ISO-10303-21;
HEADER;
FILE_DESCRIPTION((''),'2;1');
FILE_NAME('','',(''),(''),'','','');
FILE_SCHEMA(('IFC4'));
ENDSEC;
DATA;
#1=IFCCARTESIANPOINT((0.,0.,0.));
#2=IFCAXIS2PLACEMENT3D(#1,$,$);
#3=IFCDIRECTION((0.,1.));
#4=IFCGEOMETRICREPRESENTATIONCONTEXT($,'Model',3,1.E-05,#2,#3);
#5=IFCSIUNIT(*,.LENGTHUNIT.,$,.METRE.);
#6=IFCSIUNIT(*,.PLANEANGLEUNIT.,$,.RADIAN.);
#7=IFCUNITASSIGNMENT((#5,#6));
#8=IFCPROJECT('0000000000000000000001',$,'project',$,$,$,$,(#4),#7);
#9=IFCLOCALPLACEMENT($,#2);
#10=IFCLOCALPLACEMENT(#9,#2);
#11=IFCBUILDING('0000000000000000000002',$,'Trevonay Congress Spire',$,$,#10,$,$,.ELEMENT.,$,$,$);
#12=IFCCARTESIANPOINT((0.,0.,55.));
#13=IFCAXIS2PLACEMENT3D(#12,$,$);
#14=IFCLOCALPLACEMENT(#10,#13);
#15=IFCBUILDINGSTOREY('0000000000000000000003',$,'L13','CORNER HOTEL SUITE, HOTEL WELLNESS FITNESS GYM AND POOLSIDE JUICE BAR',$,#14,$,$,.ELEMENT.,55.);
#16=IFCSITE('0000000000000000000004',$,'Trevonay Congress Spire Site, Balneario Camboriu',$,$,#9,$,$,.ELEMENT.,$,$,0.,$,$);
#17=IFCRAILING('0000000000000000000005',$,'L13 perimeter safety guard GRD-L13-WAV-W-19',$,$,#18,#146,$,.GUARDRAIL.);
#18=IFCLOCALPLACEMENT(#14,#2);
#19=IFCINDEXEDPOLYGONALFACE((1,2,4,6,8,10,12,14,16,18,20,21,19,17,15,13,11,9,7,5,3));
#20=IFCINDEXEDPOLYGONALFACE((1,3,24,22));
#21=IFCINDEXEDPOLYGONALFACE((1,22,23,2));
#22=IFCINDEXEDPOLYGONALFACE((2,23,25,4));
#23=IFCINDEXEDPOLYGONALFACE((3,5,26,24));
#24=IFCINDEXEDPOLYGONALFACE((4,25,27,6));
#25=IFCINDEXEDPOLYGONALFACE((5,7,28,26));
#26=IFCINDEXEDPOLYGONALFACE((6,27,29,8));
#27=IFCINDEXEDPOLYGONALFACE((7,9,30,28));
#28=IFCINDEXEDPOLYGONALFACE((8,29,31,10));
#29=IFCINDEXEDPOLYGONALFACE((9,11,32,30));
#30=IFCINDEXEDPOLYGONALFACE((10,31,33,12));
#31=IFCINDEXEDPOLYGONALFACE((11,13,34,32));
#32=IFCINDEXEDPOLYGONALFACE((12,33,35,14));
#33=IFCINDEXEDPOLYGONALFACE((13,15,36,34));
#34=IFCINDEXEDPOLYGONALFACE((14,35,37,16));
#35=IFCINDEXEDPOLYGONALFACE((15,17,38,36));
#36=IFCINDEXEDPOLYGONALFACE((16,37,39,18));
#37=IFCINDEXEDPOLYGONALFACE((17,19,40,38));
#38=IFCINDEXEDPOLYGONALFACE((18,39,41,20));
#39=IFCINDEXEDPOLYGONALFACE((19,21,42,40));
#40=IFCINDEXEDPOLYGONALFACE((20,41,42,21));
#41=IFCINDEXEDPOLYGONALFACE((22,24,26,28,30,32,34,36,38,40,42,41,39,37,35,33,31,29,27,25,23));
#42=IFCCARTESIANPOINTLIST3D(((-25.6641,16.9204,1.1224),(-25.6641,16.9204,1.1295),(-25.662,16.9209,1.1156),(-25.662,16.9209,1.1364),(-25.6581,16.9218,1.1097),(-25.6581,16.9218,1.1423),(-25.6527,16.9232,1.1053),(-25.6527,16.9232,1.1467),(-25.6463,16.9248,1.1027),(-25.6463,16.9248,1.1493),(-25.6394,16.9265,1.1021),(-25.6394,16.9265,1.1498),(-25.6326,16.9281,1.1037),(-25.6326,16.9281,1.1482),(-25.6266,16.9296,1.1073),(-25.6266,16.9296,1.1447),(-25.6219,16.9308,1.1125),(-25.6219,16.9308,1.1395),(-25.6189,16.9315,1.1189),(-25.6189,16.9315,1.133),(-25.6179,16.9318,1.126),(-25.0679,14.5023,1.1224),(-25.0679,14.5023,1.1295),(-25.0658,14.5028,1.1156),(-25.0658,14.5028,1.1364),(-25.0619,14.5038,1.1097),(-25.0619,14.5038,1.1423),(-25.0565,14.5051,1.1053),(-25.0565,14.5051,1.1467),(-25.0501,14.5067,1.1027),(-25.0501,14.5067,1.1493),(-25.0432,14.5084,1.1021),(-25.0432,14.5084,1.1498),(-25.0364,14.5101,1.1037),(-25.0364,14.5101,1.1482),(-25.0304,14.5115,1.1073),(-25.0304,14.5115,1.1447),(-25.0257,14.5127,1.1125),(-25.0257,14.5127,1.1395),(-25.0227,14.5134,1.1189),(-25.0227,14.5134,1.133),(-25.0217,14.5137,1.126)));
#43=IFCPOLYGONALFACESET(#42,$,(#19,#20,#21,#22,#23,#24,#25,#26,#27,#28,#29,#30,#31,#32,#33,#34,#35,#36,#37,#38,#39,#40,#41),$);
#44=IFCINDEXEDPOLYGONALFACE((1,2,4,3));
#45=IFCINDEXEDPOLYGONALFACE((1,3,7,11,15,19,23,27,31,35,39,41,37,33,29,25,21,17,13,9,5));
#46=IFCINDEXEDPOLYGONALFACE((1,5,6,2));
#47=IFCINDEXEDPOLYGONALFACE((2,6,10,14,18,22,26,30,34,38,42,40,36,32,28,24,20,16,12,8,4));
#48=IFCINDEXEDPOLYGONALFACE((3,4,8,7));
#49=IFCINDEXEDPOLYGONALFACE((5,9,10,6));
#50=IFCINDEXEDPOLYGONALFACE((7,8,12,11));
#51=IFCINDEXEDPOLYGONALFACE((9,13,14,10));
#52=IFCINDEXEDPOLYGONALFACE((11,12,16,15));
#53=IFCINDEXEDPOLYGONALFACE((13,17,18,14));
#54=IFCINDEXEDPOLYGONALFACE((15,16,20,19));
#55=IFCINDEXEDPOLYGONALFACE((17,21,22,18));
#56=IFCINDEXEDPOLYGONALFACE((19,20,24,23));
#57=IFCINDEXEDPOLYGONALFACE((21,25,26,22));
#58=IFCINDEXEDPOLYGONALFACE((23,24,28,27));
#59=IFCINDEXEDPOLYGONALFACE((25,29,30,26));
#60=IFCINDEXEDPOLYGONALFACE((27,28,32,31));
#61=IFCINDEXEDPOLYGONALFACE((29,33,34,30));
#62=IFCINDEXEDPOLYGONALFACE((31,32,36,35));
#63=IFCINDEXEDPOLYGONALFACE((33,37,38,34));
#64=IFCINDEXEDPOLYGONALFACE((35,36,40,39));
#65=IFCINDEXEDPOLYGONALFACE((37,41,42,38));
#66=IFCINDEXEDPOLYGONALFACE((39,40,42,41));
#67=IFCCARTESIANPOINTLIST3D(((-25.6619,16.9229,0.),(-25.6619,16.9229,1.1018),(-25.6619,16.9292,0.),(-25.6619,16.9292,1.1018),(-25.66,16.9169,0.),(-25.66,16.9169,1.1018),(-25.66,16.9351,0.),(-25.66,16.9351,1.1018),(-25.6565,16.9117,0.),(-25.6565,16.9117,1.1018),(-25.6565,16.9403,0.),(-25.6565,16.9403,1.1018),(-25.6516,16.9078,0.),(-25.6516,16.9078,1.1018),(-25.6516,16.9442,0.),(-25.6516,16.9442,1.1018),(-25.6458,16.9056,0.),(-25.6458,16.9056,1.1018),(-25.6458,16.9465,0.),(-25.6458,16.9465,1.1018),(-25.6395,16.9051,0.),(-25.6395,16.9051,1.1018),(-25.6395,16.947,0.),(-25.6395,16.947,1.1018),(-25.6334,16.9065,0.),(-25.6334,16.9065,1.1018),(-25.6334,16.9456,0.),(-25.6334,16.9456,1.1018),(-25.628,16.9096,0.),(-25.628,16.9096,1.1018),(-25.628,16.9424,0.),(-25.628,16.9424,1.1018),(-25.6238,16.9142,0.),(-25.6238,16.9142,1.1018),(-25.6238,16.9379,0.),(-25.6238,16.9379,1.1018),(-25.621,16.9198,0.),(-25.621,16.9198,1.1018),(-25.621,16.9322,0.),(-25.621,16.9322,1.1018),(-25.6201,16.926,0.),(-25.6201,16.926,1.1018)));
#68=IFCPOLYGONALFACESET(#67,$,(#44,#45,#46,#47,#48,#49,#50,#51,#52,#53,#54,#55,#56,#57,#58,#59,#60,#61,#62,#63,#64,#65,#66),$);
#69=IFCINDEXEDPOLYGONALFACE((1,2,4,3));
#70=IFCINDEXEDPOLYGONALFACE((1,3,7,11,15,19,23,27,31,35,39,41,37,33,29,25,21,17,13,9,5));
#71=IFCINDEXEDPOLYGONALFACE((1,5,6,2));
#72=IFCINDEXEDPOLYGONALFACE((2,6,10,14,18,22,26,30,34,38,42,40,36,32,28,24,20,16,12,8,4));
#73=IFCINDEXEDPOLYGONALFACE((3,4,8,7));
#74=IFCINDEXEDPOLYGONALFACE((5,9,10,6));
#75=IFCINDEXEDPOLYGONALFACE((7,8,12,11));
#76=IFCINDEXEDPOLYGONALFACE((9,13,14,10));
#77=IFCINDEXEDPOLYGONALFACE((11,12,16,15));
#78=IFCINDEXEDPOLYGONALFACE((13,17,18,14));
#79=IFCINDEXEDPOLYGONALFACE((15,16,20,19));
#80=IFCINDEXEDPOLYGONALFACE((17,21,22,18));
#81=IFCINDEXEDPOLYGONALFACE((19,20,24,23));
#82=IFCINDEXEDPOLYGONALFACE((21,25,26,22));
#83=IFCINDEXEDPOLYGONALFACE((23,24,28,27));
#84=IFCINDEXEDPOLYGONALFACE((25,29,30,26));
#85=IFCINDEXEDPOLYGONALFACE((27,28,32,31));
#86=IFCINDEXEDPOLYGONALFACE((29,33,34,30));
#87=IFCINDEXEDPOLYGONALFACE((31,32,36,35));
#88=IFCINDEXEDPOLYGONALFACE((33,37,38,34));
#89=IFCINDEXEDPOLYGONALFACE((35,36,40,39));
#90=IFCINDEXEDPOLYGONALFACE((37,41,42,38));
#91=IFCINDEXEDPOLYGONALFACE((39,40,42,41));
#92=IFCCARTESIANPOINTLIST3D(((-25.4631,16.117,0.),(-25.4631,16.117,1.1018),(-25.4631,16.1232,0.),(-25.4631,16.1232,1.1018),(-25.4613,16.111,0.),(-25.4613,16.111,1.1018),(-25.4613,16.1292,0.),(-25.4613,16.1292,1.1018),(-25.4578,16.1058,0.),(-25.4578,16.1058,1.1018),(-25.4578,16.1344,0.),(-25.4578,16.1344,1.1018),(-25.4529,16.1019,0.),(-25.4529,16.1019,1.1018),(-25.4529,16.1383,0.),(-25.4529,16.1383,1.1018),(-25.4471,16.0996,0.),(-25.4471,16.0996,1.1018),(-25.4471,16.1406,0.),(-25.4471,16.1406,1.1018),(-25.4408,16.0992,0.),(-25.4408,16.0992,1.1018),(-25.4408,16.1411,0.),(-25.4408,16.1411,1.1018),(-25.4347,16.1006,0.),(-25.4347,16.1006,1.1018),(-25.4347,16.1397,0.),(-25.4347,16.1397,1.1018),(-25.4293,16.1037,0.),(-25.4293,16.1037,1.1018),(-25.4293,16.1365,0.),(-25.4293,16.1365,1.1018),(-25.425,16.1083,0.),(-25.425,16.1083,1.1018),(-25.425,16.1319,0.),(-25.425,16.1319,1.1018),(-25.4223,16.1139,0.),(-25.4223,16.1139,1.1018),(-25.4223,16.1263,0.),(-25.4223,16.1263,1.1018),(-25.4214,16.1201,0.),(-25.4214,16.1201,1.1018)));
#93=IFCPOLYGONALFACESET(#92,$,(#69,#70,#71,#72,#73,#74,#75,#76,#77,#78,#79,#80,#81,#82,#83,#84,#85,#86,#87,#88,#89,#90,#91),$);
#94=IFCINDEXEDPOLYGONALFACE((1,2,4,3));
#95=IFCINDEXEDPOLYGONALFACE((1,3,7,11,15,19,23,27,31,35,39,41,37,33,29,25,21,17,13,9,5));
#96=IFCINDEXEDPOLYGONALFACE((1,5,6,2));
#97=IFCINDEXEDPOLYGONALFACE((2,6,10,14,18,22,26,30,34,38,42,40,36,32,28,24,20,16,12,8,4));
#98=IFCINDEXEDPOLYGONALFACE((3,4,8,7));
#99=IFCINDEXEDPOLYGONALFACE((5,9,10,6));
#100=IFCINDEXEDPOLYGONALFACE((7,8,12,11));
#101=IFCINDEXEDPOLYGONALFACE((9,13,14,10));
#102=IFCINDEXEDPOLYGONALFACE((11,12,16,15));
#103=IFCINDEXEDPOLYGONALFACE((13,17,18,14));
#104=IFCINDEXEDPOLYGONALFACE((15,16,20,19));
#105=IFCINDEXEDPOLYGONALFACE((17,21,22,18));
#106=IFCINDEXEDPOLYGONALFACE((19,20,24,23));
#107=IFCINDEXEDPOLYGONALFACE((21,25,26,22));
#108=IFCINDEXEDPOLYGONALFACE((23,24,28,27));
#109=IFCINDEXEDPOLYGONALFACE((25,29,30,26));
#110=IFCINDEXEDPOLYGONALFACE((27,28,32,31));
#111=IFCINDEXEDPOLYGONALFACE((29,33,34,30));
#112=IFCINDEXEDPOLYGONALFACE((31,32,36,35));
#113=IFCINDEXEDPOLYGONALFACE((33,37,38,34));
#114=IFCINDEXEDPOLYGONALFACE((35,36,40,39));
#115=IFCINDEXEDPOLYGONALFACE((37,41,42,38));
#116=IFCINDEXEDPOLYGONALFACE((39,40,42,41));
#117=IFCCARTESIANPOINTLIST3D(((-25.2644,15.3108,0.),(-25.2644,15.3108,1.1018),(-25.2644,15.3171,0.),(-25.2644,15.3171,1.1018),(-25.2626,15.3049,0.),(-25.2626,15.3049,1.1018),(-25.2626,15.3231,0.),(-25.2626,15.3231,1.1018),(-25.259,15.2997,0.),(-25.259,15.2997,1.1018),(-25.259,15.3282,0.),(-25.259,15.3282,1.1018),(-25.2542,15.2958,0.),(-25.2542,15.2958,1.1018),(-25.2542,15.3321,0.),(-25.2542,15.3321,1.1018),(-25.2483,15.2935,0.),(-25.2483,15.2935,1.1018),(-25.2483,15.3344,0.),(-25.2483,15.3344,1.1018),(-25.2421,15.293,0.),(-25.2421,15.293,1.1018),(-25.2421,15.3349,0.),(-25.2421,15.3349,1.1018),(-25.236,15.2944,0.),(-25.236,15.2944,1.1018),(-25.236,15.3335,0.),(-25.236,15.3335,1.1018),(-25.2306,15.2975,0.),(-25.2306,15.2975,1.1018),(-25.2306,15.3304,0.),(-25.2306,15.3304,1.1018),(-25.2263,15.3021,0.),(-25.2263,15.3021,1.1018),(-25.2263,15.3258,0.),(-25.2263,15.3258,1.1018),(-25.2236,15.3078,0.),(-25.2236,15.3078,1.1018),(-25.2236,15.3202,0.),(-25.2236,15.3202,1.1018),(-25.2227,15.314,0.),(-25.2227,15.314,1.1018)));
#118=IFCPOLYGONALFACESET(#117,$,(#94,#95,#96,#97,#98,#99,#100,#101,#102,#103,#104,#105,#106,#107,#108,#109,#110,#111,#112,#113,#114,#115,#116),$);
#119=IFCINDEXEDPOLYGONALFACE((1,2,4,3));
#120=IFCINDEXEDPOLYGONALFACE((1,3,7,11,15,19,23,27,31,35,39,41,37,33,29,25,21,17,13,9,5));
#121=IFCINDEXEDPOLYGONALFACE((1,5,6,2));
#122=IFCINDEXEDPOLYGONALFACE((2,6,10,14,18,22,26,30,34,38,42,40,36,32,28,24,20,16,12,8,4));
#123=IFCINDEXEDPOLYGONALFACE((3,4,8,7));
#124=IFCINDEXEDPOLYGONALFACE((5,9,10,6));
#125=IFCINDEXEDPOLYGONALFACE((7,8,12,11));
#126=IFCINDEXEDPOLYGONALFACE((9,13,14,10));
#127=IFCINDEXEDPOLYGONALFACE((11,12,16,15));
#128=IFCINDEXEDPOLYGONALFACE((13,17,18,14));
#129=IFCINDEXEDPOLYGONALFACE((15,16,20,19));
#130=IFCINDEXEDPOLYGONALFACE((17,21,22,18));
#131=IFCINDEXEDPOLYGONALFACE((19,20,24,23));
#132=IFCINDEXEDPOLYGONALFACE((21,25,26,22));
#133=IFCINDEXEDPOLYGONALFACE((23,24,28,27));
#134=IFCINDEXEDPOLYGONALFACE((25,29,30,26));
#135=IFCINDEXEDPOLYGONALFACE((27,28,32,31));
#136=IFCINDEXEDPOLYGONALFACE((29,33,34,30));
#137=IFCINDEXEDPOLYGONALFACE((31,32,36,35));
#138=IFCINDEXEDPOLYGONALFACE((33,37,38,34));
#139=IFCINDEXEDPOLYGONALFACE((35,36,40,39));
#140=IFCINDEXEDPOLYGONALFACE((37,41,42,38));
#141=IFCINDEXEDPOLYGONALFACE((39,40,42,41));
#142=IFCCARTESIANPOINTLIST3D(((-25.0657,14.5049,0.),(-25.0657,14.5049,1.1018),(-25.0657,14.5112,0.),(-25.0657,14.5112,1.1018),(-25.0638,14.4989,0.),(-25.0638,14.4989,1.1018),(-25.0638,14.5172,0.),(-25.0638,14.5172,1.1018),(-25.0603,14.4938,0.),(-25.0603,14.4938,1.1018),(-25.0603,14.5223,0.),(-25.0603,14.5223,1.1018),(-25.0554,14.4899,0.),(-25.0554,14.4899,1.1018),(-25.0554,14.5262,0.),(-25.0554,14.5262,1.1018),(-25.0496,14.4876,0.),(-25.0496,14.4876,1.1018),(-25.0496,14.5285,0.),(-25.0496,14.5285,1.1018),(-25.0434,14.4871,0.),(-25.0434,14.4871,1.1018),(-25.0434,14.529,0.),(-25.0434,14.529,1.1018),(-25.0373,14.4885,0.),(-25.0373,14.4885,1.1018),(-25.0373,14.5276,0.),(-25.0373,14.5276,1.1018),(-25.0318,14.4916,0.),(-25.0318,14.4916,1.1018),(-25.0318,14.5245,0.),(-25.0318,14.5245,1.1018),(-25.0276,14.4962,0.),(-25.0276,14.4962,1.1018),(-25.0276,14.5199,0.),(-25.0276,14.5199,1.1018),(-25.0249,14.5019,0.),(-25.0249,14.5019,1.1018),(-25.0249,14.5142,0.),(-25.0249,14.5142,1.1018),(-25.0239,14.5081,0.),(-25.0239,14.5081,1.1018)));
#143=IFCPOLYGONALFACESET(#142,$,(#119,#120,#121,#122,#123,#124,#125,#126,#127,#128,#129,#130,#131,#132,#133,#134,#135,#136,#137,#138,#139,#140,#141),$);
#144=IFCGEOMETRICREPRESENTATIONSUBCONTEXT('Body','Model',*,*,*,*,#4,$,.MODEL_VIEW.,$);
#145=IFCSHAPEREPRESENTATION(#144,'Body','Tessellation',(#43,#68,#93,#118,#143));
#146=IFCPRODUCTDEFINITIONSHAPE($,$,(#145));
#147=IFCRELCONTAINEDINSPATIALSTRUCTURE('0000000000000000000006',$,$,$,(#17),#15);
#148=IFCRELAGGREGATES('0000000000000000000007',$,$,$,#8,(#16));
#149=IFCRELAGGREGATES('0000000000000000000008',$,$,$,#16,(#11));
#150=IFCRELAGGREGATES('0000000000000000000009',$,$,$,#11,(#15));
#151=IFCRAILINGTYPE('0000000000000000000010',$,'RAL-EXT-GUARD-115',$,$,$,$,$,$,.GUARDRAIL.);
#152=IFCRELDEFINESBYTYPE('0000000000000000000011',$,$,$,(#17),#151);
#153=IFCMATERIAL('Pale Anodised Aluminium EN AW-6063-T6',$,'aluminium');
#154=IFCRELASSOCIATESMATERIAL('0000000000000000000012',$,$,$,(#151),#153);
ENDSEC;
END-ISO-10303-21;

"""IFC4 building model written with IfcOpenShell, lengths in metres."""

from ifc_helpers import new_model, si_unit, direction, frame, origin, origin_2d, place, context, subcontext, project, spatial, circle, extrude, material, type_object, element, save


model = new_model("IFC4")

# Units and contexts
model_context = context("Model", 3, precision=1e-05, world=origin(), true_north=direction((0.0, 1.0)))
body_context = subcontext(model_context, "Body", "Model", "MODEL_VIEW")
ifc_project = project(units=[si_unit("LENGTHUNIT", "METRE"), si_unit("PLANEANGLEUNIT", "RADIAN")], contexts=[model_context])

# Site, building, storey
site_placement = place(None, origin())
site = spatial("IfcSite", under=ifc_project, at=site_placement, Name="Trevonay Congress Spire Site, Balneario Camboriu", CompositionType="ELEMENT", RefElevation=0.0)
building_placement = place(site_placement, origin())
building = spatial("IfcBuilding", under=site, at=building_placement, Name="Trevonay Congress Spire", CompositionType="ELEMENT")
storey_placement = place(building_placement, frame((0.0, 0.0, 55.0)))
storey = spatial("IfcBuildingStorey", under=building, at=storey_placement, Name="L13", Description="CORNER HOTEL SUITE, HOTEL WELLNESS FITNESS GYM AND POOLSIDE JUICE BAR", CompositionType="ELEMENT", Elevation=55.0)

# Shared definitions
ifc_material_1 = material(Name="Pale Anodised Aluminium EN AW-6063-T6", Category="aluminium")

# Railing
railing_type = type_object("IfcRailingType", Name="RAL-EXT-GUARD-115", PredefinedType="GUARDRAIL", material=ifc_material_1)
railing_1_placement = place(storey_placement, frame((-25.6411, 16.926, 0.0)))
element("IfcRailing", 1, at=railing_1_placement, inside=storey, type_object=railing_type, Name="L13 perimeter safety guard GRD-L13-WAV-W-19", PredefinedType="GUARDRAIL", context=body_context, shape_type="SweptSolid", body=[
    extrude(circle(Radius=0.0239, at=origin_2d()), frame((0.0, 0.0, 1.126), z_axis=(0.239397, -0.970922, 0.0), x_axis=(0.970922, 0.239397, 0.0)), (0.0, 0.0, 1.0), 2.4905),
    extrude(circle(Radius=0.021, at=origin_2d()), origin(), (0.0, 0.0, 1.0), 1.1018),
    extrude(circle(Radius=0.021, at=origin_2d()), frame((0.1987, -0.8059, 0.0)), (0.0, 0.0, 1.0), 1.1018),
    extrude(circle(Radius=0.021, at=origin_2d()), frame((0.3975, -1.6121, 0.0)), (0.0, 0.0, 1.0), 1.1018),
    extrude(circle(Radius=0.021, at=origin_2d()), frame((0.5962, -2.418, 0.0)), (0.0, 0.0, 1.0), 1.1018),
])

save(model, "model.ifc")
